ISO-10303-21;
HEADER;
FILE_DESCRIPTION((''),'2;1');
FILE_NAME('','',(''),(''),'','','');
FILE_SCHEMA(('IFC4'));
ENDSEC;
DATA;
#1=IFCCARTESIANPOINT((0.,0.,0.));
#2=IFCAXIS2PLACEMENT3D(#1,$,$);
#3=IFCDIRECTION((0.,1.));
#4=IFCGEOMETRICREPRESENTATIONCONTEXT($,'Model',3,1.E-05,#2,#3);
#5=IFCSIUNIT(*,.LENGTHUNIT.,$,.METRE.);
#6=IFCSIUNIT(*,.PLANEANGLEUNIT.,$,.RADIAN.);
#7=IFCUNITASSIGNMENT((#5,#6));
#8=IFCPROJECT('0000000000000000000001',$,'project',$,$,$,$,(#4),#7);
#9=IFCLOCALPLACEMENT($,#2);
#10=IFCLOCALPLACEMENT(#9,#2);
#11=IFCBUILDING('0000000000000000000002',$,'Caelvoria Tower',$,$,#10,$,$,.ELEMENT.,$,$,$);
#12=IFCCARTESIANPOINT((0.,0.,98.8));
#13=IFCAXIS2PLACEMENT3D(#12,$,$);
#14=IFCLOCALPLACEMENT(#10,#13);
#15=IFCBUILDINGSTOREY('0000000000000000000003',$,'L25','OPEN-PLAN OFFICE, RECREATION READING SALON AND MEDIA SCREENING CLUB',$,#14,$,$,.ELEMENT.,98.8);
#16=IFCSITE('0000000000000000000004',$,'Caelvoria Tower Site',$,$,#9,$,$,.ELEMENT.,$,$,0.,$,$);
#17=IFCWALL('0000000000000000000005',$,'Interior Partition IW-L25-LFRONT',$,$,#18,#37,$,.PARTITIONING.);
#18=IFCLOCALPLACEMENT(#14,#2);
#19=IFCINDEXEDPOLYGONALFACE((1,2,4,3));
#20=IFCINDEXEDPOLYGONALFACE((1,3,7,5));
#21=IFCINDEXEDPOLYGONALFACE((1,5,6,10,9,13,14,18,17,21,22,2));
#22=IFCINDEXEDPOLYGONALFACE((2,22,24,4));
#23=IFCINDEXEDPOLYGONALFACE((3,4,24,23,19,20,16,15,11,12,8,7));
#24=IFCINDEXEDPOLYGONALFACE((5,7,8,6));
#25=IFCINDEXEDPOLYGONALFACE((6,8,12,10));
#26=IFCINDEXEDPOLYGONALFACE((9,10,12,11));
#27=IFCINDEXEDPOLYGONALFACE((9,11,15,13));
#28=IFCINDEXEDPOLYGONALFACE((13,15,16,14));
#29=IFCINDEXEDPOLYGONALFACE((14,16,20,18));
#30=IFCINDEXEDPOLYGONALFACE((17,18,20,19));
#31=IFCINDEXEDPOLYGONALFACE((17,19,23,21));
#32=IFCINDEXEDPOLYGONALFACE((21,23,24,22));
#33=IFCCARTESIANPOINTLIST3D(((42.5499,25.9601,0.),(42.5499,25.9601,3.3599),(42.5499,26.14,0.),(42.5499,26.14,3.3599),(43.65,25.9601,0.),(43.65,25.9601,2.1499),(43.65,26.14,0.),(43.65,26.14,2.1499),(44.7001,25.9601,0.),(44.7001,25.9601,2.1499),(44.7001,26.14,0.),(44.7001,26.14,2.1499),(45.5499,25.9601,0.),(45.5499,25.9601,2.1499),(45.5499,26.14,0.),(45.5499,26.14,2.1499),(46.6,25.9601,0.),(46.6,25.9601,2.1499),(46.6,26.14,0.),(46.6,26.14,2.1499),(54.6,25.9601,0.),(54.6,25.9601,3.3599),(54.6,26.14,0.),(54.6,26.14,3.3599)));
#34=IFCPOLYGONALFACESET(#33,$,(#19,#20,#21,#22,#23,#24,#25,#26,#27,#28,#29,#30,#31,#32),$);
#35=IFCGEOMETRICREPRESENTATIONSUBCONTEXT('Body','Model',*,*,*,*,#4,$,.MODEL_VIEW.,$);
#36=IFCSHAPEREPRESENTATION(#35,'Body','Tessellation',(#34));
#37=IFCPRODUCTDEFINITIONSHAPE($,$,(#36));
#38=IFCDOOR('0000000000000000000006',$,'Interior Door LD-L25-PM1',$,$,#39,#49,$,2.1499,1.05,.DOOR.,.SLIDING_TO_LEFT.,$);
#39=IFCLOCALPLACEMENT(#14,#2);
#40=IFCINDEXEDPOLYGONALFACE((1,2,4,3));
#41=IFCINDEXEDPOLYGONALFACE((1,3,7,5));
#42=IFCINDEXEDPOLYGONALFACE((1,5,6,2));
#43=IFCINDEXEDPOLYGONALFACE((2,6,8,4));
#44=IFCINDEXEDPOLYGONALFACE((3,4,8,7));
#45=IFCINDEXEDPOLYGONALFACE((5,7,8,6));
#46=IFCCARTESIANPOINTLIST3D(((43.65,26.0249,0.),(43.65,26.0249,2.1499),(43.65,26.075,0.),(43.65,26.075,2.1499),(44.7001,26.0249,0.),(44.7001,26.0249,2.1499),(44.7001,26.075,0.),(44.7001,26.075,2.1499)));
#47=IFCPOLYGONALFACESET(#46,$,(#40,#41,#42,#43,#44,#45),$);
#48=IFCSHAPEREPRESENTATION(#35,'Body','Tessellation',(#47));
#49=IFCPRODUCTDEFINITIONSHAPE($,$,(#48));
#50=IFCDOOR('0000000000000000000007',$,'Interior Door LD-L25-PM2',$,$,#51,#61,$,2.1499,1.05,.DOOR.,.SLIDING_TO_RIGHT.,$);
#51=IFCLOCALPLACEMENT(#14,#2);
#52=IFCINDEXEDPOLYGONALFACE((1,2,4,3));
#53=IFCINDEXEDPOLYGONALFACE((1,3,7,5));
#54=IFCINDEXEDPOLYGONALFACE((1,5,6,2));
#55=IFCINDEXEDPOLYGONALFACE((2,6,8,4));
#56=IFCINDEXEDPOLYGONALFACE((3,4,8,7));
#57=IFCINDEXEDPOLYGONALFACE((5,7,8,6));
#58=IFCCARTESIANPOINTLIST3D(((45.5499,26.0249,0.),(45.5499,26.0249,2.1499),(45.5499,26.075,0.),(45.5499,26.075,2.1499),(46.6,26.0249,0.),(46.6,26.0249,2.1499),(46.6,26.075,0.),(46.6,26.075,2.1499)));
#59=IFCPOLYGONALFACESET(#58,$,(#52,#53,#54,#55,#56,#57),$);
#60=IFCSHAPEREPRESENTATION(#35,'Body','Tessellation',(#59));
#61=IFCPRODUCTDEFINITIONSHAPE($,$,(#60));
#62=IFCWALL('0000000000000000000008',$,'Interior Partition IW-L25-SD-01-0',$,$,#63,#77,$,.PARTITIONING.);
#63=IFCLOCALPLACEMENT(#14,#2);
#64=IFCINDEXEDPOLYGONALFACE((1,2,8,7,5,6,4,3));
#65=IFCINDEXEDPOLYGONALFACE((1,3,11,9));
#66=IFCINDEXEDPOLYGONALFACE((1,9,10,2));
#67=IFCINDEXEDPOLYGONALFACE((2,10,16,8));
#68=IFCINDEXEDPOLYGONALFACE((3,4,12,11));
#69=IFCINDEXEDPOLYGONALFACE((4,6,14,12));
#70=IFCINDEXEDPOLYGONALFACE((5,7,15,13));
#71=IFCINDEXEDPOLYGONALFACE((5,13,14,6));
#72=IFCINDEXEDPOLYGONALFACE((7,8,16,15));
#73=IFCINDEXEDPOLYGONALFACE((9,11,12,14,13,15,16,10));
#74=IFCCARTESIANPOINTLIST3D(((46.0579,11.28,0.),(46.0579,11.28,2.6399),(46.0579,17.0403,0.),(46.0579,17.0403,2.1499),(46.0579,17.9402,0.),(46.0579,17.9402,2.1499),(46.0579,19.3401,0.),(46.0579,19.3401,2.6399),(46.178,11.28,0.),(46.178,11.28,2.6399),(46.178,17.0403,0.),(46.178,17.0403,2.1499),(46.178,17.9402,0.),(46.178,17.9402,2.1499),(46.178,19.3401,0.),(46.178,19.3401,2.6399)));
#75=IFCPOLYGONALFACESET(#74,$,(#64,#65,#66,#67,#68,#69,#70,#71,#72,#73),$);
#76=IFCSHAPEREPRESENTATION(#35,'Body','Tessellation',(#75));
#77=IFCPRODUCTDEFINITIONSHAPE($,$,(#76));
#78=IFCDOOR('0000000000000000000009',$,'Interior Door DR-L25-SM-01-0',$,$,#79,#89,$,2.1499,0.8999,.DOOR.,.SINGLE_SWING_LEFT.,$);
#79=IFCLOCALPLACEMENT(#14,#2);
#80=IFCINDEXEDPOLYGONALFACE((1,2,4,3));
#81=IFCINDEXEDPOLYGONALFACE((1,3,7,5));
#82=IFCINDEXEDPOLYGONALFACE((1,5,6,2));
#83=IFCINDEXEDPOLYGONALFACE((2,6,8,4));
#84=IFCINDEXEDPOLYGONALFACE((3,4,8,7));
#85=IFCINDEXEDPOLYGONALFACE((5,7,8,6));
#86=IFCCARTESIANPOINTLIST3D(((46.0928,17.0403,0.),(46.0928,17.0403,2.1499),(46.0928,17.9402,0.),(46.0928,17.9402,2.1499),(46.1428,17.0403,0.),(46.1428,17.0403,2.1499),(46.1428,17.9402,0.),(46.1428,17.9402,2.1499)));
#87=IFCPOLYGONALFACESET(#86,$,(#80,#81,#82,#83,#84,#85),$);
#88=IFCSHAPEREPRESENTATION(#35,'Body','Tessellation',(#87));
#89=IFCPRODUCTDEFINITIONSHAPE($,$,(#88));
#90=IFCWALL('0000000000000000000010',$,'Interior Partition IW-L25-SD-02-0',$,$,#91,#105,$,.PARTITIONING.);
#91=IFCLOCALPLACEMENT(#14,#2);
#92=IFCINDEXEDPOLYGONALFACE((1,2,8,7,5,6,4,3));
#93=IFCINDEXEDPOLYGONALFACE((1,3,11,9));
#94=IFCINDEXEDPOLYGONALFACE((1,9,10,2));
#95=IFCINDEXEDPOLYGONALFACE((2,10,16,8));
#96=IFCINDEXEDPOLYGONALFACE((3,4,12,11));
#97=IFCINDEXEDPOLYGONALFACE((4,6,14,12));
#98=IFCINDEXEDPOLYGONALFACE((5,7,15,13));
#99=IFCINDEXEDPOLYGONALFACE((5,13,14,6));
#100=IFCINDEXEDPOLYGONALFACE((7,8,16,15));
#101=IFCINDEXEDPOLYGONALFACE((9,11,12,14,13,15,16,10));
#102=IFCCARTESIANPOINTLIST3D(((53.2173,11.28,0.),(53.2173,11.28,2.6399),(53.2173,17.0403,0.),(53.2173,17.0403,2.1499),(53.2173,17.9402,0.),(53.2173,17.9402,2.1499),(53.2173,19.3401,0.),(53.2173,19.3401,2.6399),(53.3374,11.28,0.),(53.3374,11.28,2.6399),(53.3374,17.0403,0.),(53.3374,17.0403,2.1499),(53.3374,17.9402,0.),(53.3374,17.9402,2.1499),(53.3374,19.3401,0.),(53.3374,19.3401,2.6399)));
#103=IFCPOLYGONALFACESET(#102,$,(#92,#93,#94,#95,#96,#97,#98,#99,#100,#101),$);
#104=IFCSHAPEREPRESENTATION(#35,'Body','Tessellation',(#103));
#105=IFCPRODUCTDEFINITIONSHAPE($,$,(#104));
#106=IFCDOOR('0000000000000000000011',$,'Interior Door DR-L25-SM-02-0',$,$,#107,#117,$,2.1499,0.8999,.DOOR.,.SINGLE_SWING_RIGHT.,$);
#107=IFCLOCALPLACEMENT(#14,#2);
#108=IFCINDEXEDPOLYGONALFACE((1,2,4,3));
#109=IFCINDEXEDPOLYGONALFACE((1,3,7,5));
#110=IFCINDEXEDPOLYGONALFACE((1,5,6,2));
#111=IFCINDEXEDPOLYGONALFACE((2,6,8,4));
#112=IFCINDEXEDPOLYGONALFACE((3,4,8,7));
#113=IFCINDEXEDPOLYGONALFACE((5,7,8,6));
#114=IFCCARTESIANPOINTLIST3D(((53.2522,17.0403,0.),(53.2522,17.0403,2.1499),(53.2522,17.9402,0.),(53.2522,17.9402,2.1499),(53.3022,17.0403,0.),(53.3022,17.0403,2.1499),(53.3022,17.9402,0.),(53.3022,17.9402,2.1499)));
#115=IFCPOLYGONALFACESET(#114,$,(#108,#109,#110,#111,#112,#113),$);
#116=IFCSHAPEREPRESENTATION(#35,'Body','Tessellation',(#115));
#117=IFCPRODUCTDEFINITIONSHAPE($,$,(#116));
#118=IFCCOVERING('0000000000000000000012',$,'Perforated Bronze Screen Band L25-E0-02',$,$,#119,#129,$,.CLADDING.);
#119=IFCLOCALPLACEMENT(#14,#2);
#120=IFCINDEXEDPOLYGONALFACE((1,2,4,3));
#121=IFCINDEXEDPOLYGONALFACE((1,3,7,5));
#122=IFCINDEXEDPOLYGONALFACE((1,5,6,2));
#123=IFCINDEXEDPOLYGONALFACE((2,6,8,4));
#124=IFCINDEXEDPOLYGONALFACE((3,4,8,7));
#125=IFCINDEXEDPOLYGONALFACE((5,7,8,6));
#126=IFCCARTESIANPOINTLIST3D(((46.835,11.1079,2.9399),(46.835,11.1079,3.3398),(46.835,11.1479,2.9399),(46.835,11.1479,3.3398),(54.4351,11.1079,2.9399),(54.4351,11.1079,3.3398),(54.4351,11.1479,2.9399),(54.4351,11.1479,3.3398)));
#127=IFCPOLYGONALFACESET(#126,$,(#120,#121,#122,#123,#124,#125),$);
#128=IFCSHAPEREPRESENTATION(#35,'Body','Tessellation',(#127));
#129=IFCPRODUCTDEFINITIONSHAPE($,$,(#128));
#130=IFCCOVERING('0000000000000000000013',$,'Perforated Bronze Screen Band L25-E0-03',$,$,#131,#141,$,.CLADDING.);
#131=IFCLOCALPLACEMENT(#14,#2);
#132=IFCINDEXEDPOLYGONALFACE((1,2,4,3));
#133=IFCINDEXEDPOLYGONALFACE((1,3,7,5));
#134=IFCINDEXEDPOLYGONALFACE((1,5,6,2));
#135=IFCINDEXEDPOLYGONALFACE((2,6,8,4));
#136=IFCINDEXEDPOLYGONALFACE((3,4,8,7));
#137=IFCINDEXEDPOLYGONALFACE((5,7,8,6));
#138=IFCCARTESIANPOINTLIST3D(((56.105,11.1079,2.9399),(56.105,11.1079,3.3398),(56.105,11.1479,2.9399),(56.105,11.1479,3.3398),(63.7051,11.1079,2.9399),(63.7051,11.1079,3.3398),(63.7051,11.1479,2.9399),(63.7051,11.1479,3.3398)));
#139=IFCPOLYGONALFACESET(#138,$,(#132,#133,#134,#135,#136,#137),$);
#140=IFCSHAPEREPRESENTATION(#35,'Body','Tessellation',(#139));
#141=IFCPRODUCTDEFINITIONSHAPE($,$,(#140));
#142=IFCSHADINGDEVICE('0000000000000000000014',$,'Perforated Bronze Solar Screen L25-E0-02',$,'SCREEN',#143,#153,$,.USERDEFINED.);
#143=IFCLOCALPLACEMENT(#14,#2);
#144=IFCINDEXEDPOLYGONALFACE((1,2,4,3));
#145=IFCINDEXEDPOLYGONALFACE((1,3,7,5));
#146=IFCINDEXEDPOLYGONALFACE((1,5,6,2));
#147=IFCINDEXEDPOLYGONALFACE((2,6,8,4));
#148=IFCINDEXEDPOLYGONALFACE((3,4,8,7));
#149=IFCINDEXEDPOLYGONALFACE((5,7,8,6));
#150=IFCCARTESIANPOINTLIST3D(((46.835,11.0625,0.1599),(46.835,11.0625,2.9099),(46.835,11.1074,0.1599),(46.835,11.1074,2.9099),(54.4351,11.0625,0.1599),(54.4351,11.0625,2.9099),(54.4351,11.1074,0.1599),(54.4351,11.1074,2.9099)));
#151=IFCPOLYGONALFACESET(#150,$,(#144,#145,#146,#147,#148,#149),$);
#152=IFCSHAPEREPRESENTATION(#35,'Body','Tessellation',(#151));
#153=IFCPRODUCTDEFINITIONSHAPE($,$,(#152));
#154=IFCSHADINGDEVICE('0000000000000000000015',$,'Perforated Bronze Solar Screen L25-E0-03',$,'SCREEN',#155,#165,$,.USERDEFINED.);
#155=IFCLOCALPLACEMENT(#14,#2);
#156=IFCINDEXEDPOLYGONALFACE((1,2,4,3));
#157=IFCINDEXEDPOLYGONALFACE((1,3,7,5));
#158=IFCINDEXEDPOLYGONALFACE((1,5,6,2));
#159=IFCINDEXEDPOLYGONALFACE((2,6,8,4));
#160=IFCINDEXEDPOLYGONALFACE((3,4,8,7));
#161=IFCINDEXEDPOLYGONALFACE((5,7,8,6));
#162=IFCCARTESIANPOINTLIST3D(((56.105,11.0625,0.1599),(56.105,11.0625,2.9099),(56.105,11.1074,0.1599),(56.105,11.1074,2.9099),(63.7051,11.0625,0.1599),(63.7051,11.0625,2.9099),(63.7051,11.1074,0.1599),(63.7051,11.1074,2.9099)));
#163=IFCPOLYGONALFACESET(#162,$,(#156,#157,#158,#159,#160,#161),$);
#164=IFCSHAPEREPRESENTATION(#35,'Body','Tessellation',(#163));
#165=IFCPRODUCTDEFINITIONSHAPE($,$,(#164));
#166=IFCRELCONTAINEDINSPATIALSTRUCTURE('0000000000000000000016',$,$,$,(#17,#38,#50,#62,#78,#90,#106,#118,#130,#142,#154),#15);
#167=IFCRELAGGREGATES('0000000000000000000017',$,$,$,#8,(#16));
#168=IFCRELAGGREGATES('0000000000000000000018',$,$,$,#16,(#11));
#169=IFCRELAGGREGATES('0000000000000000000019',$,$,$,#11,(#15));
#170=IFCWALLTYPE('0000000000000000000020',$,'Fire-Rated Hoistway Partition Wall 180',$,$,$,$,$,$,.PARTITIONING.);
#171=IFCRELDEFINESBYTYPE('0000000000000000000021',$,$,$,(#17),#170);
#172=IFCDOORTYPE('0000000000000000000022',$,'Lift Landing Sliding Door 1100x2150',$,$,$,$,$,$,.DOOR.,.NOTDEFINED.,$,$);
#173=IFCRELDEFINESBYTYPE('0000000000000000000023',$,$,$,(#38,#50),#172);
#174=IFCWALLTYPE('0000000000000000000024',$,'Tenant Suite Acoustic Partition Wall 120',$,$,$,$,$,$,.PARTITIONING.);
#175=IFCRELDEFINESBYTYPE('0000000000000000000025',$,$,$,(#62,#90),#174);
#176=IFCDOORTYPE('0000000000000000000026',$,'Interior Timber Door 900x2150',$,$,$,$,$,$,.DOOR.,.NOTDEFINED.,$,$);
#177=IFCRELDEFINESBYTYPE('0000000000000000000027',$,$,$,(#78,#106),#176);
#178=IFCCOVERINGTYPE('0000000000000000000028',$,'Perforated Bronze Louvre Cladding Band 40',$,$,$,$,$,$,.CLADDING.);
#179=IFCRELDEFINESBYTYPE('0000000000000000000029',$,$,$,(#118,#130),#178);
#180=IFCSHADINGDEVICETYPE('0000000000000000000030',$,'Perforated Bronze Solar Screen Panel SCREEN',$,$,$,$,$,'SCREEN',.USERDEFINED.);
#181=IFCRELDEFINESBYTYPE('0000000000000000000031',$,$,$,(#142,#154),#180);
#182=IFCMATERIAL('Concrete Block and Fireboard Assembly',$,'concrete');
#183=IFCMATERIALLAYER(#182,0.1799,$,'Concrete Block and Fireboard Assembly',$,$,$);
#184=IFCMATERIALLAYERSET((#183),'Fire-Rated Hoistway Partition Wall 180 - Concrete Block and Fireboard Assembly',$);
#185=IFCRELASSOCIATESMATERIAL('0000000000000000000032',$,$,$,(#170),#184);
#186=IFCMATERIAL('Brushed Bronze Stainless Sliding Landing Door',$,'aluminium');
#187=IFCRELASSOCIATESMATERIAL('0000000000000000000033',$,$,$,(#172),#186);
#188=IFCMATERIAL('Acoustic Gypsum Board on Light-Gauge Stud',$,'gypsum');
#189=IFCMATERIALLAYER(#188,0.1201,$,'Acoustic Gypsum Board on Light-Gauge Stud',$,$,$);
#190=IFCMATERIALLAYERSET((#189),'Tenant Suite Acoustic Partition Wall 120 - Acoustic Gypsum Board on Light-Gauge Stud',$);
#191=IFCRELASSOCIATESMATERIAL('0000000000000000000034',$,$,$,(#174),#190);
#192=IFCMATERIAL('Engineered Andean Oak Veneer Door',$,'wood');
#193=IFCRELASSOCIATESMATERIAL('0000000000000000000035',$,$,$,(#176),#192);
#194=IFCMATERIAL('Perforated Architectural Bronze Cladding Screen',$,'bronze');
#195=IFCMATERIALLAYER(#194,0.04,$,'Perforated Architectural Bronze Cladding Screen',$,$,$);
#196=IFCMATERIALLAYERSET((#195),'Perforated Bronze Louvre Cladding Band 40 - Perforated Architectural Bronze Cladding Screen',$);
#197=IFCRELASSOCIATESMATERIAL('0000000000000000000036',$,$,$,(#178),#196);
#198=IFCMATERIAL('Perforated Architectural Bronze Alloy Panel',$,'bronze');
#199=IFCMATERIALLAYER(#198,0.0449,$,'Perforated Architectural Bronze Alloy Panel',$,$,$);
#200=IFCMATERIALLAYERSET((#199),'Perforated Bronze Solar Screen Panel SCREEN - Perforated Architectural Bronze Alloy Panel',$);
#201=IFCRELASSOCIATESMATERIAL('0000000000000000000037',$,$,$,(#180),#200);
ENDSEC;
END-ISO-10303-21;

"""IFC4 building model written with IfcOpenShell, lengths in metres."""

from ifc_helpers import new_model, si_unit, direction, frame, frame_2d, origin, origin_2d, place, context, subcontext, project, spatial, rectangle, extrude, material, layer, layer_set, type_object, element, fill, save


model = new_model("IFC4")

# Units and contexts
model_context = context("Model", 3, precision=1e-05, world=origin(), true_north=direction((0.0, 1.0)))
body_context = subcontext(model_context, "Body", "Model", "MODEL_VIEW")
ifc_project = project(units=[si_unit("LENGTHUNIT", "METRE"), si_unit("PLANEANGLEUNIT", "RADIAN")], contexts=[model_context])

# Site, building, storey
site_placement = place(None, origin())
site = spatial("IfcSite", under=ifc_project, at=site_placement, Name="Caelvoria Tower Site", CompositionType="ELEMENT", RefElevation=0.0)
building_placement = place(site_placement, origin())
building = spatial("IfcBuilding", under=site, at=building_placement, Name="Caelvoria Tower", CompositionType="ELEMENT")
storey_placement = place(building_placement, frame((0.0, 0.0, 98.8)))
storey = spatial("IfcBuildingStorey", under=building, at=storey_placement, Name="L25", Description="OPEN-PLAN OFFICE, RECREATION READING SALON AND MEDIA SCREENING CLUB", CompositionType="ELEMENT", Elevation=98.8)

# Shared definitions
ifc_material_1 = material(Name="Concrete Block and Fireboard Assembly", Category="concrete")
ifc_layer_1 = layer(ifc_material_1, 0.1799, Name="Concrete Block and Fireboard Assembly")
ifc_layer_set_1 = layer_set([ifc_layer_1], Name="Fire-Rated Hoistway Partition Wall 180 - Concrete Block and Fireboard Assembly")
wall_type_1 = type_object("IfcWallType", Name="Fire-Rated Hoistway Partition Wall 180", PredefinedType="PARTITIONING", material=ifc_layer_set_1)

# Wall, openings, doors
wall_1_placement = place(storey_placement, frame((42.55, 26.05, 0.0), z_axis=(0.0, 0.0, 1.0), x_axis=(1.0, 0.0, 0.0)))
wall_1 = element("IfcWall", 1, at=wall_1_placement, inside=storey, type_object=wall_type_1, Name="Interior Partition IW-L25-LFRONT", PredefinedType="PARTITIONING", context=body_context, shape_type="SweptSolid", body=[
    extrude(rectangle(XDim=12.05, YDim=0.1799, at=frame_2d((6.0249, 0.0))), origin(), (0.0, 0.0, 1.0), 3.3599),
])
opening_1_placement = place(wall_1_placement, frame((1.1001, 0.0, 0.0)))
opening_1 = element("IfcOpeningElement", 2, at=opening_1_placement, cuts=wall_1, PredefinedType="OPENING", context=body_context, shape_type="SweptSolid", body=[
    extrude(rectangle(XDim=1.05, YDim=2.1499, at=frame_2d((0.5249, 1.075))), frame((0.0, 0.0999, 0.0), z_axis=(0.0, -1.0, 0.0), x_axis=(1.0, 0.0, 0.0)), (0.0, 0.0, 1.0), 0.2),
])
opening_2_placement = place(wall_1_placement, frame((3.0, 0.0, 0.0)))
opening_2 = element("IfcOpeningElement", 3, at=opening_2_placement, cuts=wall_1, PredefinedType="OPENING", context=body_context, shape_type="SweptSolid", body=[
    extrude(rectangle(XDim=1.05, YDim=2.1499, at=frame_2d((0.5249, 1.075))), frame((0.0, 0.0999, 0.0), z_axis=(0.0, -1.0, 0.0), x_axis=(1.0, 0.0, 0.0)), (0.0, 0.0, 1.0), 0.2),
])
ifc_material_2 = material(Name="Brushed Bronze Stainless Sliding Landing Door", Category="aluminium")
door_type_1 = type_object("IfcDoorType", Name="Lift Landing Sliding Door 1100x2150", OperationType="NOTDEFINED", PredefinedType="DOOR", material=ifc_material_2)
door_1_placement = place(opening_1_placement, origin())
door_1 = element("IfcDoor", 4, at=door_1_placement, inside=storey, type_object=door_type_1, Name="Interior Door LD-L25-PM1", OperationType="SLIDING_TO_LEFT", OverallHeight=2.1499, OverallWidth=1.05, PredefinedType="DOOR", context=body_context, shape_type="SweptSolid", body=[
    extrude(rectangle(XDim=1.05, YDim=2.1499, at=frame_2d((0.5249, 1.075))), frame((0.0, 0.0249, 0.0), z_axis=(0.0, -1.0, 0.0), x_axis=(1.0, 0.0, 0.0)), (0.0, 0.0, 1.0), 0.05),
])
fill(opening_1, door_1)
door_2_placement = place(opening_2_placement, origin())
door_2 = element("IfcDoor", 5, at=door_2_placement, inside=storey, type_object=door_type_1, Name="Interior Door LD-L25-PM2", OperationType="SLIDING_TO_RIGHT", OverallHeight=2.1499, OverallWidth=1.05, PredefinedType="DOOR", context=body_context, shape_type="SweptSolid", body=[
    extrude(rectangle(XDim=1.05, YDim=2.1499, at=frame_2d((0.5249, 1.075))), frame((0.0, 0.0249, 0.0), z_axis=(0.0, -1.0, 0.0), x_axis=(1.0, 0.0, 0.0)), (0.0, 0.0, 1.0), 0.05),
])
fill(opening_2, door_2)

# Walls, openings, doors
ifc_material_3 = material(Name="Acoustic Gypsum Board on Light-Gauge Stud", Category="gypsum")
ifc_layer_2 = layer(ifc_material_3, 0.1201, Name="Acoustic Gypsum Board on Light-Gauge Stud")
ifc_layer_set_2 = layer_set([ifc_layer_2], Name="Tenant Suite Acoustic Partition Wall 120 - Acoustic Gypsum Board on Light-Gauge Stud")
wall_type_2 = type_object("IfcWallType", Name="Tenant Suite Acoustic Partition Wall 120", PredefinedType="PARTITIONING", material=ifc_layer_set_2)
wall_2_placement = place(storey_placement, frame((46.1179, 19.3401, 0.0), z_axis=(0.0, 0.0, 1.0), x_axis=(0.0, -1.0, 0.0)))
wall_2 = element("IfcWall", 6, at=wall_2_placement, inside=storey, type_object=wall_type_2, Name="Interior Partition IW-L25-SD-01-0", PredefinedType="PARTITIONING", context=body_context, shape_type="SweptSolid", body=[
    extrude(rectangle(XDim=8.0601, YDim=0.1201, at=frame_2d((4.03, 0.0))), origin(), (0.0, 0.0, 1.0), 2.6399),
])
opening_3_placement = place(wall_2_placement, frame((1.3999, 0.0, 0.0)))
opening_3 = element("IfcOpeningElement", 7, at=opening_3_placement, cuts=wall_2, PredefinedType="OPENING", context=body_context, shape_type="SweptSolid", body=[
    extrude(rectangle(XDim=0.8999, YDim=2.1499, at=frame_2d((0.45, 1.075))), frame((0.0, 0.0701, 0.0), z_axis=(0.0, -1.0, 0.0), x_axis=(1.0, 0.0, 0.0)), (0.0, 0.0, 1.0), 0.1401),
])
ifc_material_4 = material(Name="Engineered Andean Oak Veneer Door", Category="wood")
door_type_2 = type_object("IfcDoorType", Name="Interior Timber Door 900x2150", OperationType="NOTDEFINED", PredefinedType="DOOR", material=ifc_material_4)
door_3_placement = place(opening_3_placement, origin())
door_3 = element("IfcDoor", 8, at=door_3_placement, inside=storey, type_object=door_type_2, Name="Interior Door DR-L25-SM-01-0", OperationType="SINGLE_SWING_LEFT", OverallHeight=2.1499, OverallWidth=0.8999, PredefinedType="DOOR", context=body_context, shape_type="SweptSolid", body=[
    extrude(rectangle(XDim=0.8999, YDim=2.1499, at=frame_2d((0.45, 1.075))), frame((0.0, 0.0249, 0.0), z_axis=(0.0, -1.0, 0.0), x_axis=(1.0, 0.0, 0.0)), (0.0, 0.0, 1.0), 0.05),
])
fill(opening_3, door_3)
wall_3_placement = place(storey_placement, frame((53.2773, 19.3401, 0.0), z_axis=(0.0, 0.0, 1.0), x_axis=(0.0, -1.0, 0.0)))
wall_3 = element("IfcWall", 9, at=wall_3_placement, inside=storey, type_object=wall_type_2, Name="Interior Partition IW-L25-SD-02-0", PredefinedType="PARTITIONING", context=body_context, shape_type="SweptSolid", body=[
    extrude(rectangle(XDim=8.0601, YDim=0.1201, at=frame_2d((4.03, 0.0))), origin(), (0.0, 0.0, 1.0), 2.6399),
])
opening_4_placement = place(wall_3_placement, frame((1.3999, 0.0, 0.0)))
opening_4 = element("IfcOpeningElement", 10, at=opening_4_placement, cuts=wall_3, PredefinedType="OPENING", context=body_context, shape_type="SweptSolid", body=[
    extrude(rectangle(XDim=0.8999, YDim=2.1499, at=frame_2d((0.45, 1.075))), frame((0.0, 0.0701, 0.0), z_axis=(0.0, -1.0, 0.0), x_axis=(1.0, 0.0, 0.0)), (0.0, 0.0, 1.0), 0.1401),
])
door_4_placement = place(opening_4_placement, origin())
door_4 = element("IfcDoor", 11, at=door_4_placement, inside=storey, type_object=door_type_2, Name="Interior Door DR-L25-SM-02-0", OperationType="SINGLE_SWING_RIGHT", OverallHeight=2.1499, OverallWidth=0.8999, PredefinedType="DOOR", context=body_context, shape_type="SweptSolid", body=[
    extrude(rectangle(XDim=0.8999, YDim=2.1499, at=frame_2d((0.45, 1.075))), frame((0.0, 0.0249, 0.0), z_axis=(0.0, -1.0, 0.0), x_axis=(1.0, 0.0, 0.0)), (0.0, 0.0, 1.0), 0.05),
])
fill(opening_4, door_4)

# Coverings
ifc_material_5 = material(Name="Perforated Architectural Bronze Cladding Screen", Category="bronze")
ifc_layer_3 = layer(ifc_material_5, 0.04, Name="Perforated Architectural Bronze Cladding Screen")
ifc_layer_set_3 = layer_set([ifc_layer_3], Name="Perforated Bronze Louvre Cladding Band 40 - Perforated Architectural Bronze Cladding Screen")
covering_type = type_object("IfcCoveringType", Name="Perforated Bronze Louvre Cladding Band 40", PredefinedType="CLADDING", material=ifc_layer_set_3)
for number, where, z_axis, x_axis, name in (
    (12, (50.635, 11.1279, 2.9399), (0.0, 0.0, 1.0), (1.0, 0.0, 0.0), "Perforated Bronze Screen Band L25-E0-02"),
    (13, (59.905, 11.1279, 2.9399), (0.0, 0.0, 1.0), (1.0, 0.0, 0.0), "Perforated Bronze Screen Band L25-E0-03"),
):
    element("IfcCovering", number, at=place(storey_placement, frame(where, z_axis=z_axis, x_axis=x_axis)), inside=storey, type_object=covering_type, Name=name, PredefinedType="CLADDING", context=body_context, shape_type="SweptSolid", body=[
        extrude(rectangle(XDim=7.6001, YDim=0.04, at=origin_2d()), origin(), (0.0, 0.0, 1.0), 0.3999),
    ])

# Shading devices
ifc_material_6 = material(Name="Perforated Architectural Bronze Alloy Panel", Category="bronze")
ifc_layer_4 = layer(ifc_material_6, 0.0449, Name="Perforated Architectural Bronze Alloy Panel")
ifc_layer_set_4 = layer_set([ifc_layer_4], Name="Perforated Bronze Solar Screen Panel SCREEN - Perforated Architectural Bronze Alloy Panel")
shading_device_type = type_object("IfcShadingDeviceType", Name="Perforated Bronze Solar Screen Panel SCREEN", ElementType="SCREEN", PredefinedType="USERDEFINED", material=ifc_layer_set_4)
for number, where, z_axis, x_axis, name in (
    (14, (50.635, 11.085, 0.1599), (0.0, 0.0, 1.0), (1.0, 0.0, 0.0), "Perforated Bronze Solar Screen L25-E0-02"),
    (15, (59.905, 11.085, 0.1599), (0.0, 0.0, 1.0), (1.0, 0.0, 0.0), "Perforated Bronze Solar Screen L25-E0-03"),
):
    element("IfcShadingDevice", number, at=place(storey_placement, frame(where, z_axis=z_axis, x_axis=x_axis)), inside=storey, type_object=shading_device_type, Name=name, ObjectType="SCREEN", PredefinedType="USERDEFINED", context=body_context, shape_type="SweptSolid", body=[
        extrude(rectangle(XDim=7.6001, YDim=0.0449, at=origin_2d()), origin(), (0.0, 0.0, 1.0), 2.75),
    ])

save(model, "model.ifc")
